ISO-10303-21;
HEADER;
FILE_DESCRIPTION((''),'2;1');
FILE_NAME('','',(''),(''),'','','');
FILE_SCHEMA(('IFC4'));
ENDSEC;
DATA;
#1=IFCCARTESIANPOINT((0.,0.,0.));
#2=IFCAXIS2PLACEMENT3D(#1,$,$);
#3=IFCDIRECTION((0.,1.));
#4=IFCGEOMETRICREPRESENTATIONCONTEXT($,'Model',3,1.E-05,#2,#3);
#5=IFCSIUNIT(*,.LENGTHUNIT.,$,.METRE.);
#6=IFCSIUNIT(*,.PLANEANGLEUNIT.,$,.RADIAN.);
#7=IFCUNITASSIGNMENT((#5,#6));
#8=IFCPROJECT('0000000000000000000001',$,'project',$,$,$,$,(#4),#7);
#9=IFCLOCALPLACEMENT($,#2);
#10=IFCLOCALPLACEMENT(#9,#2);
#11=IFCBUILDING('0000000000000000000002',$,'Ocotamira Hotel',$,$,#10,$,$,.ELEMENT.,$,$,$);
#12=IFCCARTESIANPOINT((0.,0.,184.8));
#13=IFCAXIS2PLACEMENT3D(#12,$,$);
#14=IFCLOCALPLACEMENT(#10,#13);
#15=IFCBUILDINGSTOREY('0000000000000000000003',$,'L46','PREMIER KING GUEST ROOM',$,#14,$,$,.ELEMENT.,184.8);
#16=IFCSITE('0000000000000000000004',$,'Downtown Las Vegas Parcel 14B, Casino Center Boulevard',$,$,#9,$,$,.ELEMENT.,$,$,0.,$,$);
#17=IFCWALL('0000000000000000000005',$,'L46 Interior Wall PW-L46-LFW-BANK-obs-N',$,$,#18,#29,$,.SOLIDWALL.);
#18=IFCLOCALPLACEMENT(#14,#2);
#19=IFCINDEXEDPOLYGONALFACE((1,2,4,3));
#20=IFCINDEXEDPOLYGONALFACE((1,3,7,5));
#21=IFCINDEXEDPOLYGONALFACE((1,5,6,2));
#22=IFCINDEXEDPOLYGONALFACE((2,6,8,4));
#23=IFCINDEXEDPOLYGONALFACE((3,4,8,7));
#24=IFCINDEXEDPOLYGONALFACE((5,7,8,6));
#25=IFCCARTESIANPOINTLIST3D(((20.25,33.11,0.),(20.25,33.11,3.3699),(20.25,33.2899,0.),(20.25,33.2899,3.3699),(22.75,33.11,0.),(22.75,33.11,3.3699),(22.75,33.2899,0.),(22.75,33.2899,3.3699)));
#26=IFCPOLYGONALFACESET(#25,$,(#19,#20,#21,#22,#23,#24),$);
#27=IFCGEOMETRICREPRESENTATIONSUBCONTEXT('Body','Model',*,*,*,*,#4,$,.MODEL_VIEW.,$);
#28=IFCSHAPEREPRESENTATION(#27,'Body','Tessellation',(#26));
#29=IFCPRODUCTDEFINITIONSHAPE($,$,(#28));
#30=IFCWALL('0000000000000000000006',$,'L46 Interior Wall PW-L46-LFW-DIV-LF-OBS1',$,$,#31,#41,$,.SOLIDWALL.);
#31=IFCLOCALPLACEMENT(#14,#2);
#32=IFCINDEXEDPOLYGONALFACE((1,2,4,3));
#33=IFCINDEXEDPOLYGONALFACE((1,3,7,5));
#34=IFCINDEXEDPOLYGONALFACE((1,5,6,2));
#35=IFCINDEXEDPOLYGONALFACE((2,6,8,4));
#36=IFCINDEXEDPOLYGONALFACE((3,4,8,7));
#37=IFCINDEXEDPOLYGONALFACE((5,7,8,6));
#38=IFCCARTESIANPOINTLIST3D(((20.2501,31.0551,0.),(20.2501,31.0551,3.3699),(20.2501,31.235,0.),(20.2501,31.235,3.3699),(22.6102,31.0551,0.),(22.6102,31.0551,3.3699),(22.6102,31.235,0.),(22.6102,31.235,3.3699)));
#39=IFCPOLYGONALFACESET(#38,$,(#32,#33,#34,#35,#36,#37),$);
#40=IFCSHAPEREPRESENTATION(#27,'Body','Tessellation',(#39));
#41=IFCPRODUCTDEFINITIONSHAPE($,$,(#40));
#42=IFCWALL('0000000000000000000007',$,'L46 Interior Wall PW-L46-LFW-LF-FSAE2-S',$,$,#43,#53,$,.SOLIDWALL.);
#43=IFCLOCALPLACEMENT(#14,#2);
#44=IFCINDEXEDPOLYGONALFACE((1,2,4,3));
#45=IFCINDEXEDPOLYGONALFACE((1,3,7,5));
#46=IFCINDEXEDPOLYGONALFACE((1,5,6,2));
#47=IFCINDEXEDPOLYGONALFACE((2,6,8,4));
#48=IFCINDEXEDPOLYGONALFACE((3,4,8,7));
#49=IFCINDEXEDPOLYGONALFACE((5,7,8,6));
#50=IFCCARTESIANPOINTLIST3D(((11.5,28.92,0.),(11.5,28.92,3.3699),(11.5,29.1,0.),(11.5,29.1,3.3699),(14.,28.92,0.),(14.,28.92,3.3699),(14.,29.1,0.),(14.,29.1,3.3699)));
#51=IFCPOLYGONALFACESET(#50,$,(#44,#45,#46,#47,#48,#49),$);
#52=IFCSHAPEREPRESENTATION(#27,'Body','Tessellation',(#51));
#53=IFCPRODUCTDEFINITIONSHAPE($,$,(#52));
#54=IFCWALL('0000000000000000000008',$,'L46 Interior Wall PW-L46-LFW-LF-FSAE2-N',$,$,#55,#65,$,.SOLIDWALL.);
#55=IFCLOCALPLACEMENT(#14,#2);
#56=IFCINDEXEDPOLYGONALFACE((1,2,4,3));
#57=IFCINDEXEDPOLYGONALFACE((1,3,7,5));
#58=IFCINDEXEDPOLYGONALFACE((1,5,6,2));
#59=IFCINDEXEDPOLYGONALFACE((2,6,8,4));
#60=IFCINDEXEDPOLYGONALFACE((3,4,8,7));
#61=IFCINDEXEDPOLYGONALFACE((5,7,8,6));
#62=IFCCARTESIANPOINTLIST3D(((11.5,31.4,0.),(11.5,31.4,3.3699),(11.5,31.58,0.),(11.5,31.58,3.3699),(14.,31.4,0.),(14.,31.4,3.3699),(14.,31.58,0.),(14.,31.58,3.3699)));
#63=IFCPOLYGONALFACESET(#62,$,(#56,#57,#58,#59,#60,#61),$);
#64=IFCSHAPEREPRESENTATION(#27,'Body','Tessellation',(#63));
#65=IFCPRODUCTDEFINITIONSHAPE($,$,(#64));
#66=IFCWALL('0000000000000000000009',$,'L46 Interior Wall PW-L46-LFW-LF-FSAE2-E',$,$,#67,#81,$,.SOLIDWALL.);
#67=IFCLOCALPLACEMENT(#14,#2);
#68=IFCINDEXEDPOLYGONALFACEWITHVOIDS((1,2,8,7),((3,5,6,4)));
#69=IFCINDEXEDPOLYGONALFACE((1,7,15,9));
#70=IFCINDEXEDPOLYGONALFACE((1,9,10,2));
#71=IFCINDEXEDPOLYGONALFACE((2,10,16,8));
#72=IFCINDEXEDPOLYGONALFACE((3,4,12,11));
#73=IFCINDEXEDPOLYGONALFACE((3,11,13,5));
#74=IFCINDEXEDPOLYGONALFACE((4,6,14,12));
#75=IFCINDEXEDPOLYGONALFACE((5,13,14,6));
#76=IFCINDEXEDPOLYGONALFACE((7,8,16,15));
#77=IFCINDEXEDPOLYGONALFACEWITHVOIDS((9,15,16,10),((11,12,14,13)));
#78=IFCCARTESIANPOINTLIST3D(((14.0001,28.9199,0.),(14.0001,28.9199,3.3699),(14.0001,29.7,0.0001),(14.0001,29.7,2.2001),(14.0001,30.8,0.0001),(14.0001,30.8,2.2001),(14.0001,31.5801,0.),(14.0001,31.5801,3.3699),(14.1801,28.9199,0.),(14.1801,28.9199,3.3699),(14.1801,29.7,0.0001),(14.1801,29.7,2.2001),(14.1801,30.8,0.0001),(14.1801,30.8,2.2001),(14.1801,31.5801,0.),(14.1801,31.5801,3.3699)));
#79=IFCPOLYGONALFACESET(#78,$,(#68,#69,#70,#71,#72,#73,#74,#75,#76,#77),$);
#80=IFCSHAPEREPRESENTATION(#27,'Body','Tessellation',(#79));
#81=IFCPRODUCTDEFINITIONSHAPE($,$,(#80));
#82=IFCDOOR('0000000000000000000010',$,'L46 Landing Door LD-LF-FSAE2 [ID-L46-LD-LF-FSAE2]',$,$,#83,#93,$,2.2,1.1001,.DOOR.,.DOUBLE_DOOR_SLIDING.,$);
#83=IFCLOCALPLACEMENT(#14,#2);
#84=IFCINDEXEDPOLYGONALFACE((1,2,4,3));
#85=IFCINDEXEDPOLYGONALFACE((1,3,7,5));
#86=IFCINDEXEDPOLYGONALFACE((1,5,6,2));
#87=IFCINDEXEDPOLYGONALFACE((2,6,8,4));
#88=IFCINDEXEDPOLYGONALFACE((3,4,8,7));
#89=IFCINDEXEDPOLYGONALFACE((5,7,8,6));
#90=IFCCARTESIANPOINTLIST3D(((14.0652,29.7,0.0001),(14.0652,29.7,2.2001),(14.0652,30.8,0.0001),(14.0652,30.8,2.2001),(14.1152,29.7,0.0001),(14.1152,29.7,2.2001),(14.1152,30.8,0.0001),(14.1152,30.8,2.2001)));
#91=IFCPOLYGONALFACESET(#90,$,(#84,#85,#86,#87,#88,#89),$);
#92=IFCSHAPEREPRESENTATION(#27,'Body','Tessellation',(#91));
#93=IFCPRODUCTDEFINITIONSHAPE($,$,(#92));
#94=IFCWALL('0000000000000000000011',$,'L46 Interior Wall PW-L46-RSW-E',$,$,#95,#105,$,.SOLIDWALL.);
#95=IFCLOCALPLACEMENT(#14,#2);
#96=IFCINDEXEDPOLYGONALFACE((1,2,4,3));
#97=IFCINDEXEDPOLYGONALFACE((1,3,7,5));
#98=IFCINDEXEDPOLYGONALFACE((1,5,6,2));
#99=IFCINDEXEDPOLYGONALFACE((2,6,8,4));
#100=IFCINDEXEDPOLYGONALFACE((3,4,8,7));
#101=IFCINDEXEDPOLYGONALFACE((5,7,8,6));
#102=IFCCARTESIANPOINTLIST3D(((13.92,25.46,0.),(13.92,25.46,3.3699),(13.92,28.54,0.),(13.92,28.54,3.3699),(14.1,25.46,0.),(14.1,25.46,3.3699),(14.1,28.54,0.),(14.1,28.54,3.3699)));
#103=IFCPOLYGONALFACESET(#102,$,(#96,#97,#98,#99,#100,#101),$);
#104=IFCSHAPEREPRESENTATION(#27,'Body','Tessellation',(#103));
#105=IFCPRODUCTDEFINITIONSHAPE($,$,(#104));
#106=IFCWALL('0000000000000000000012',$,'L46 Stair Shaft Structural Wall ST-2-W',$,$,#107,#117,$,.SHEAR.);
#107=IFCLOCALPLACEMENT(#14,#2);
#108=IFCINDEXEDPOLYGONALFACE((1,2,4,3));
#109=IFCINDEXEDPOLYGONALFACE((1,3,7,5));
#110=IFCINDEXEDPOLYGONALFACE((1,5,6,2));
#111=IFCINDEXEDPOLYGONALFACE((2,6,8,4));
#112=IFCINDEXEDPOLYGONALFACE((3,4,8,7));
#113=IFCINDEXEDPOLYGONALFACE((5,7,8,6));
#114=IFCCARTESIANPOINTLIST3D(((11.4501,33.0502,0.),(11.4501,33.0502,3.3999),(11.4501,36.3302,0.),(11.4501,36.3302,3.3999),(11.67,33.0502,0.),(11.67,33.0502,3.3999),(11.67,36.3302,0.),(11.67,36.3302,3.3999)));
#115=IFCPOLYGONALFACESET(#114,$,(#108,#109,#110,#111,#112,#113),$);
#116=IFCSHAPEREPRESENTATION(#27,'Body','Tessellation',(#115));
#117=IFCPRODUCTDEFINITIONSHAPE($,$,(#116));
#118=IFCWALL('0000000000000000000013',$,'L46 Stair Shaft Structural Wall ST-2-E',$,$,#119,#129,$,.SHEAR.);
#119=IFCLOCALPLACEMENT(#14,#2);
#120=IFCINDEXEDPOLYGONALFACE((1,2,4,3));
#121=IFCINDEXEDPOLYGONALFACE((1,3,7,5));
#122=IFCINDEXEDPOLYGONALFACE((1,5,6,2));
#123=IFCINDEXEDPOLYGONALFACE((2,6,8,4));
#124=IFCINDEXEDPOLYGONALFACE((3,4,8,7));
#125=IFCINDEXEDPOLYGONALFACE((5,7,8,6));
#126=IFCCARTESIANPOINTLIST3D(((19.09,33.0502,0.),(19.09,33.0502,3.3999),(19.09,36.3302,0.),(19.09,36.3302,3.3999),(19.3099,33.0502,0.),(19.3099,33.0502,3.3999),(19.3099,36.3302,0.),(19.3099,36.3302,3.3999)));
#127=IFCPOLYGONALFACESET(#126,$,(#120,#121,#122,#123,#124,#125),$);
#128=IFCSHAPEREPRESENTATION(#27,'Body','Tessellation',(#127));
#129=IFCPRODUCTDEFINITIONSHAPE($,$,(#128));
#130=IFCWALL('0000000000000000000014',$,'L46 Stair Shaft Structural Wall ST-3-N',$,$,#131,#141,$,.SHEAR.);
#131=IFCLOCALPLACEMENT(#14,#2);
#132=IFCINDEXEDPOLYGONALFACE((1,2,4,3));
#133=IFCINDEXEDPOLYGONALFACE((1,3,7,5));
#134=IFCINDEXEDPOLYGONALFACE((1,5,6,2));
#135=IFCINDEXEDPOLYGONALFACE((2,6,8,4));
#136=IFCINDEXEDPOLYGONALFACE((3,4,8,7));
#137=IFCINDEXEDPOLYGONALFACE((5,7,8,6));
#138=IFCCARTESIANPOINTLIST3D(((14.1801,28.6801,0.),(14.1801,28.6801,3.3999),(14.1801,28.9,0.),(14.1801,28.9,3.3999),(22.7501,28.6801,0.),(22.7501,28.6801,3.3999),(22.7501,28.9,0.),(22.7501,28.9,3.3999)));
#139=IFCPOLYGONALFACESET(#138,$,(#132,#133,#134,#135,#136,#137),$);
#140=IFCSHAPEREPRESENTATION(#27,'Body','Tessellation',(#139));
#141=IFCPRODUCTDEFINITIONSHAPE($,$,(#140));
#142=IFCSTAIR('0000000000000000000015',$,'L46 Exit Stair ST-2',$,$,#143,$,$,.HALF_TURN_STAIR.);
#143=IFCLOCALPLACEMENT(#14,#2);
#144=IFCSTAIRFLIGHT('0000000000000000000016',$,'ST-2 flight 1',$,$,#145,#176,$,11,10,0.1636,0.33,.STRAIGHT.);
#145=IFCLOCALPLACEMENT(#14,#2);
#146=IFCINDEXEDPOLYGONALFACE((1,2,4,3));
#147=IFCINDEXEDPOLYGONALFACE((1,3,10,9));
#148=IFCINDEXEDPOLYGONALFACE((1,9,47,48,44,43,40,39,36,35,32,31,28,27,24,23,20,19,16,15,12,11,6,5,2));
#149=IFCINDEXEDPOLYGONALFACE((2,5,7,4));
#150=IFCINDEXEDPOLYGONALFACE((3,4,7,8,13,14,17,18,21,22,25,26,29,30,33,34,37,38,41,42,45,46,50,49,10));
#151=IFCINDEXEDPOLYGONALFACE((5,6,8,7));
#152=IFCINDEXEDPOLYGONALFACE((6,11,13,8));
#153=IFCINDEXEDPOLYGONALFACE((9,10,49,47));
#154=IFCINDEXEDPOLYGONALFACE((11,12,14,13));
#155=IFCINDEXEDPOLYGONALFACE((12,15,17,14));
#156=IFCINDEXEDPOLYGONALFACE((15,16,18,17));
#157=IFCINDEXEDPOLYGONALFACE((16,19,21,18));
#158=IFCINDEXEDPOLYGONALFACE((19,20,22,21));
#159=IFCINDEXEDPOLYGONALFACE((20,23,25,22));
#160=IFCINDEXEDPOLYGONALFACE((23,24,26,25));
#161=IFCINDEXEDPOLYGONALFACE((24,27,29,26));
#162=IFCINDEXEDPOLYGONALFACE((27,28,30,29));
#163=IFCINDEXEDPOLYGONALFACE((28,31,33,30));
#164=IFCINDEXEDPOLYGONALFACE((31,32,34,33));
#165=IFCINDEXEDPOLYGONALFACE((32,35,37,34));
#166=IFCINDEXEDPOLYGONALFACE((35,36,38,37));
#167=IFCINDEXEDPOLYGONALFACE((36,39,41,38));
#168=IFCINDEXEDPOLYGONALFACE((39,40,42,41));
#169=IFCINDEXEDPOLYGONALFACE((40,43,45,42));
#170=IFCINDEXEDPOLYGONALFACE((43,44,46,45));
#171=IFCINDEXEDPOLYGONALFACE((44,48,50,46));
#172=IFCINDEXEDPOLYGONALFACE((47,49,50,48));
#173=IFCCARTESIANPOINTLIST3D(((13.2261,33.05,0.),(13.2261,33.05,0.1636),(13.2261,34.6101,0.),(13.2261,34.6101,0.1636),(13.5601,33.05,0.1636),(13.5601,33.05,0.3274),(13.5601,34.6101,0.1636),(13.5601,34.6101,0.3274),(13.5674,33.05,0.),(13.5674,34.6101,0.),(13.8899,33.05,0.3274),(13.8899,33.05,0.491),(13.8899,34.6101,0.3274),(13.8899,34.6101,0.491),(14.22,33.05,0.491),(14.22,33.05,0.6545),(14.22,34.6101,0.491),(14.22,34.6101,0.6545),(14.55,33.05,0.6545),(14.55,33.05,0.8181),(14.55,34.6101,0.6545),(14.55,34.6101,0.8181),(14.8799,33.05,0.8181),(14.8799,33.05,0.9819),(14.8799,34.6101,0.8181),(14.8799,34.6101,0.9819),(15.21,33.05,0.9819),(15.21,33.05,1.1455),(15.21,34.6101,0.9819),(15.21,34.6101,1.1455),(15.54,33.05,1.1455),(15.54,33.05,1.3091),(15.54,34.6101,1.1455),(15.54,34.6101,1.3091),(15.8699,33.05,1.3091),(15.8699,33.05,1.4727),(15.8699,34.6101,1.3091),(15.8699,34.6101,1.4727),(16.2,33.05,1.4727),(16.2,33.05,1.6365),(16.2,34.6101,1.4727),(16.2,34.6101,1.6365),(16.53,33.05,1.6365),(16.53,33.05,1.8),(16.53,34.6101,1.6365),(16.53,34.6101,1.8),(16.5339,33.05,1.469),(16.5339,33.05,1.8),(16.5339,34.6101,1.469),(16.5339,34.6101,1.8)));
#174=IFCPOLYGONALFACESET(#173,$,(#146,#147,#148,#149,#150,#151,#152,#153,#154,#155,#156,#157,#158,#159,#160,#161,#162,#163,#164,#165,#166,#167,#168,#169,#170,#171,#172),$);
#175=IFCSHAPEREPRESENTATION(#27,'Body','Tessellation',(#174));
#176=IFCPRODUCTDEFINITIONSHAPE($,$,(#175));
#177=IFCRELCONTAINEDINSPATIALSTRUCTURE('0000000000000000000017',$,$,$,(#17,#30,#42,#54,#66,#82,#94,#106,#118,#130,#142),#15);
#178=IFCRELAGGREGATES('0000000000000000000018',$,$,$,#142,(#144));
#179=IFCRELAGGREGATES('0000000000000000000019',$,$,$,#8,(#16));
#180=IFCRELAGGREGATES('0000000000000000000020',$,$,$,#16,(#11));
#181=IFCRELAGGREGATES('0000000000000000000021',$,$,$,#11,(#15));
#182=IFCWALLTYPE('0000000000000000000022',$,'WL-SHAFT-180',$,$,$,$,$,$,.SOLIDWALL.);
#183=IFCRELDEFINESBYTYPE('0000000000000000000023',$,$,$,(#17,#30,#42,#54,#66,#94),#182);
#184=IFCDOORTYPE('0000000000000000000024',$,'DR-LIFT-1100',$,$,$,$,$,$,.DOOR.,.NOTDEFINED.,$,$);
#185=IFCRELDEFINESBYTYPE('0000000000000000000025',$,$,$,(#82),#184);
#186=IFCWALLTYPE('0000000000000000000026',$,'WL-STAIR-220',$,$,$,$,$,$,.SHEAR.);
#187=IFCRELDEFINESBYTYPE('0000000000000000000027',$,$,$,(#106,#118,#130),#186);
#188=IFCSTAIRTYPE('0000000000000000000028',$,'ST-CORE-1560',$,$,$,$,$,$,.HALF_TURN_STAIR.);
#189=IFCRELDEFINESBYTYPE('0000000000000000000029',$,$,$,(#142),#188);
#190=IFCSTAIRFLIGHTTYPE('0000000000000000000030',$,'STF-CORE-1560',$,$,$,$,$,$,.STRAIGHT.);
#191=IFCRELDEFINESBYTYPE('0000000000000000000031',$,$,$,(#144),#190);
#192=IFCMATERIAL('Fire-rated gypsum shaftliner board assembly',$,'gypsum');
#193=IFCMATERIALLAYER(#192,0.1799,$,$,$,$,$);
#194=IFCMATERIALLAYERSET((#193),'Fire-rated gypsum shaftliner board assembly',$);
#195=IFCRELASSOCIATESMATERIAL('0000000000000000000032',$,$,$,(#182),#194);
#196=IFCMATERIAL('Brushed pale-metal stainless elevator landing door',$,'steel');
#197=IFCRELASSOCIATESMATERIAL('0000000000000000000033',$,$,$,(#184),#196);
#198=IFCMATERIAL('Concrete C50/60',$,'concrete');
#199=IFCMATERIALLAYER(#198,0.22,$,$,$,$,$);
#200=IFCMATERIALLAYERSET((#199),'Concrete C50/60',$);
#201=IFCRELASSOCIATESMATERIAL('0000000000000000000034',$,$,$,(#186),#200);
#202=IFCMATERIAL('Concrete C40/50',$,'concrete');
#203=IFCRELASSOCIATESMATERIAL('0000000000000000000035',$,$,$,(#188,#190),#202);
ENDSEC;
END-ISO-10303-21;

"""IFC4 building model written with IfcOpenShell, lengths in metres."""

from ifc_helpers import new_model, si_unit, direction, frame, frame_2d, origin, place, context, subcontext, project, spatial, polyline, rectangle, outline, extrude, source, transform, mapped, material, layer, layer_set, type_object, element, fill, aggregate, save


model = new_model("IFC4")

# Units and contexts
model_context = context("Model", 3, precision=1e-05, world=origin(), true_north=direction((0.0, 1.0)))
body_context = subcontext(model_context, "Body", "Model", "MODEL_VIEW")
ifc_project = project(units=[si_unit("LENGTHUNIT", "METRE"), si_unit("PLANEANGLEUNIT", "RADIAN")], contexts=[model_context])

# Site, building, storey
site_placement = place(None, origin())
site = spatial("IfcSite", under=ifc_project, at=site_placement, Name="Downtown Las Vegas Parcel 14B, Casino Center Boulevard", CompositionType="ELEMENT", RefElevation=0.0)
building_placement = place(site_placement, origin())
building = spatial("IfcBuilding", under=site, at=building_placement, Name="Ocotamira Hotel", CompositionType="ELEMENT")
storey_placement = place(building_placement, frame((0.0, 0.0, 184.8)))
storey = spatial("IfcBuildingStorey", under=building, at=storey_placement, Name="L46", Description="PREMIER KING GUEST ROOM", CompositionType="ELEMENT", Elevation=184.8)

# Walls
ifc_material_1 = material(Name="Fire-rated gypsum shaftliner board assembly", Category="gypsum")
ifc_layer_1 = layer(ifc_material_1, 0.1799)
ifc_layer_set_1 = layer_set([ifc_layer_1], Name="Fire-rated gypsum shaftliner board assembly")
wall_type_1 = type_object("IfcWallType", Name="WL-SHAFT-180", PredefinedType="SOLIDWALL", material=ifc_layer_set_1)
wall_1_placement = place(storey_placement, frame((20.25, 33.2, 0.0), z_axis=(0.0, 0.0, 1.0), x_axis=(1.0, 0.0, 0.0)))
element("IfcWall", 1, at=wall_1_placement, inside=storey, type_object=wall_type_1, Name="L46 Interior Wall PW-L46-LFW-BANK-obs-N", PredefinedType="SOLIDWALL", context=body_context, shape_type="SweptSolid", body=[
    extrude(rectangle(XDim=2.5, YDim=0.1799, at=frame_2d((1.25, 0.0))), origin(), (0.0, 0.0, 1.0), 3.3699),
])
wall_2_placement = place(storey_placement, frame((20.25, 31.145, 0.0), z_axis=(0.0, 0.0, 1.0), x_axis=(1.0, 0.0, 0.0)))
element("IfcWall", 2, at=wall_2_placement, inside=storey, type_object=wall_type_1, Name="L46 Interior Wall PW-L46-LFW-DIV-LF-OBS1", PredefinedType="SOLIDWALL", context=body_context, shape_type="SweptSolid", body=[
    extrude(rectangle(XDim=2.3601, YDim=0.1799, at=frame_2d((1.1802, 0.0))), origin(), (0.0, 0.0, 1.0), 3.3699),
])
for number, where, z_axis, x_axis, name in (
    (3, (11.5, 29.01, 0.0), (0.0, 0.0, 1.0), (1.0, 0.0, 0.0), "L46 Interior Wall PW-L46-LFW-LF-FSAE2-S"),
    (4, (11.5, 31.49, 0.0), (0.0, 0.0, 1.0), (1.0, 0.0, 0.0), "L46 Interior Wall PW-L46-LFW-LF-FSAE2-N"),
):
    element("IfcWall", number, at=place(storey_placement, frame(where, z_axis=z_axis, x_axis=x_axis)), inside=storey, type_object=wall_type_1, Name=name, PredefinedType="SOLIDWALL", context=body_context, shape_type="SweptSolid", body=[
        extrude(rectangle(XDim=2.5, YDim=0.1799, at=frame_2d((1.25, 0.0))), origin(), (0.0, 0.0, 1.0), 3.3699),
    ])

# Wall, opening, door
wall_3_placement = place(storey_placement, frame((14.0901, 28.9199, 0.0), z_axis=(0.0, 0.0, 1.0), x_axis=(0.0, 1.0, 0.0)))
wall_3 = element("IfcWall", 5, at=wall_3_placement, inside=storey, type_object=wall_type_1, Name="L46 Interior Wall PW-L46-LFW-LF-FSAE2-E", PredefinedType="SOLIDWALL", context=body_context, shape_type="SweptSolid", body=[
    extrude(rectangle(XDim=2.6602, YDim=0.1799, at=frame_2d((1.3301, 0.0))), origin(), (0.0, 0.0, 1.0), 3.3699),
])
opening_1_placement = place(wall_3_placement, frame((0.78, 0.0, 0.0)))
opening_1 = element("IfcOpeningElement", 6, at=opening_1_placement, cuts=wall_3, PredefinedType="OPENING", context=body_context, shape_type="SweptSolid", body=[
    extrude(rectangle(XDim=1.1001, YDim=2.2, at=frame_2d((0.55, 1.1001))), frame((0.0, 0.1001, 0.0), z_axis=(0.0, -1.0, 0.0), x_axis=(1.0, 0.0, 0.0)), (0.0, 0.0, 1.0), 0.2),
])
ifc_material_2 = material(Name="Brushed pale-metal stainless elevator landing door", Category="steel")
door_type_1 = type_object("IfcDoorType", Name="DR-LIFT-1100", OperationType="NOTDEFINED", PredefinedType="DOOR", material=ifc_material_2)
shared_shape_1 = source(origin(), body_context, "Body", "SweptSolid", [
    extrude(rectangle(XDim=1.1001, YDim=2.2, at=frame_2d((0.55, 1.1001))), frame((0.0, 0.0249, 0.0), z_axis=(0.0, -1.0, 0.0), x_axis=(1.0, 0.0, 0.0)), (0.0, 0.0, 1.0), 0.05),
])
door_1_placement = place(opening_1_placement, origin())
door_1 = element("IfcDoor", 7, at=door_1_placement, inside=storey, type_object=door_type_1, Name="L46 Landing Door LD-LF-FSAE2 [ID-L46-LD-LF-FSAE2]", OperationType="DOUBLE_DOOR_SLIDING", OverallHeight=2.2, OverallWidth=1.1001, PredefinedType="DOOR", context=body_context, shape_type="MappedRepresentation", body=[
    mapped(shared_shape_1, transform((0.0, 0.0, 0.0), scale=1.0)),
])
fill(opening_1, door_1)

# Walls
wall_4_placement = place(storey_placement, frame((14.01, 25.46, 0.0), z_axis=(0.0, 0.0, 1.0), x_axis=(0.0, 1.0, 0.0)))
element("IfcWall", 8, at=wall_4_placement, inside=storey, type_object=wall_type_1, Name="L46 Interior Wall PW-L46-RSW-E", PredefinedType="SOLIDWALL", context=body_context, shape_type="SweptSolid", body=[
    extrude(rectangle(XDim=3.0801, YDim=0.1799, at=frame_2d((1.54, 0.0))), origin(), (0.0, 0.0, 1.0), 3.3699),
])
ifc_material_3 = material(Name="Concrete C50/60", Category="concrete")
ifc_layer_2 = layer(ifc_material_3, 0.22)
ifc_layer_set_2 = layer_set([ifc_layer_2], Name="Concrete C50/60")
wall_type_2 = type_object("IfcWallType", Name="WL-STAIR-220", PredefinedType="SHEAR", material=ifc_layer_set_2)
for number, where, z_axis, x_axis, name in (
    (9, (11.5601, 33.05, 0.0), (0.0, 0.0, 1.0), (0.0, 1.0, 0.0), "L46 Stair Shaft Structural Wall ST-2-W"),
    (10, (19.2, 33.05, 0.0), (0.0, 0.0, 1.0), (0.0, 1.0, 0.0), "L46 Stair Shaft Structural Wall ST-2-E"),
):
    element("IfcWall", number, at=place(storey_placement, frame(where, z_axis=z_axis, x_axis=x_axis)), inside=storey, type_object=wall_type_2, Name=name, PredefinedType="SHEAR", context=body_context, shape_type="SweptSolid", body=[
        extrude(rectangle(XDim=3.28, YDim=0.22, at=frame_2d((1.6401, 0.0))), origin(), (0.0, 0.0, 1.0), 3.3999),
    ])
wall_5_placement = place(storey_placement, frame((14.1799, 28.79, 0.0), z_axis=(0.0, 0.0, 1.0), x_axis=(1.0, 0.0, 0.0)))
element("IfcWall", 11, at=wall_5_placement, inside=storey, type_object=wall_type_2, Name="L46 Stair Shaft Structural Wall ST-3-N", PredefinedType="SHEAR", context=body_context, shape_type="SweptSolid", body=[
    extrude(rectangle(XDim=8.5701, YDim=0.22, at=frame_2d((4.2852, 0.0))), origin(), (0.0, 0.0, 1.0), 3.3999),
])

# Stair, stair flight
ifc_material_4 = material(Name="Concrete C40/50", Category="concrete")
stair_type = type_object("IfcStairType", Name="ST-CORE-1560", PredefinedType="HALF_TURN_STAIR", material=ifc_material_4)
stair_1_placement = place(storey_placement, origin())
stair_1 = element("IfcStair", 12, at=stair_1_placement, inside=storey, type_object=stair_type, Name="L46 Exit Stair ST-2", PredefinedType="HALF_TURN_STAIR")
stair_flight_type = type_object("IfcStairFlightType", Name="STF-CORE-1560", PredefinedType="STRAIGHT", material=ifc_material_4)
shared_shape_2 = source(origin(), body_context, "Body", "SweptSolid", [
    extrude(outline(polyline([(-0.0039, 0.0), (-0.0039, 0.1636), (0.3301, 0.1636), (0.3301, 0.3274), (0.6599, 0.3274), (0.6599, 0.491), (0.99, 0.491), (0.99, 0.6545), (1.3201, 0.6545), (1.3201, 0.8181), (1.6499, 0.8181), (1.6499, 0.9819), (1.98, 0.9819), (1.98, 1.1455), (2.3101, 1.1455), (2.3101, 1.3091), (2.6399, 1.3091), (2.6399, 1.4727), (2.97, 1.4727), (2.97, 1.6365), (3.3, 1.6365), (3.3, 1.8), (3.304, 1.8), (3.304, 1.469), (0.3374, 0.0), (-0.0039, 0.0)])), frame((0.0, 0.78, 0.0), z_axis=(0.0, -1.0, 0.0), x_axis=(1.0, 0.0, 0.0)), (0.0, 0.0, 1.0), 1.5601),
])
stair_flight_1_placement = place(storey_placement, frame((13.23, 33.8301, 0.0), z_axis=(0.0, 0.0, 1.0), x_axis=(1.0, 0.0, 0.0)))
stair_flight_1 = element("IfcStairFlight", 13, at=stair_flight_1_placement, type_object=stair_flight_type, Name="ST-2 flight 1", NumberOfRisers=11, NumberOfTreads=10, PredefinedType="STRAIGHT", RiserHeight=0.1636, TreadLength=0.33, context=body_context, shape_type="MappedRepresentation", body=[
    mapped(shared_shape_2, transform((0.0, 0.0, 0.0), scale=1.0)),
])
aggregate(stair_1, [stair_flight_1])

save(model, "model.ifc")
